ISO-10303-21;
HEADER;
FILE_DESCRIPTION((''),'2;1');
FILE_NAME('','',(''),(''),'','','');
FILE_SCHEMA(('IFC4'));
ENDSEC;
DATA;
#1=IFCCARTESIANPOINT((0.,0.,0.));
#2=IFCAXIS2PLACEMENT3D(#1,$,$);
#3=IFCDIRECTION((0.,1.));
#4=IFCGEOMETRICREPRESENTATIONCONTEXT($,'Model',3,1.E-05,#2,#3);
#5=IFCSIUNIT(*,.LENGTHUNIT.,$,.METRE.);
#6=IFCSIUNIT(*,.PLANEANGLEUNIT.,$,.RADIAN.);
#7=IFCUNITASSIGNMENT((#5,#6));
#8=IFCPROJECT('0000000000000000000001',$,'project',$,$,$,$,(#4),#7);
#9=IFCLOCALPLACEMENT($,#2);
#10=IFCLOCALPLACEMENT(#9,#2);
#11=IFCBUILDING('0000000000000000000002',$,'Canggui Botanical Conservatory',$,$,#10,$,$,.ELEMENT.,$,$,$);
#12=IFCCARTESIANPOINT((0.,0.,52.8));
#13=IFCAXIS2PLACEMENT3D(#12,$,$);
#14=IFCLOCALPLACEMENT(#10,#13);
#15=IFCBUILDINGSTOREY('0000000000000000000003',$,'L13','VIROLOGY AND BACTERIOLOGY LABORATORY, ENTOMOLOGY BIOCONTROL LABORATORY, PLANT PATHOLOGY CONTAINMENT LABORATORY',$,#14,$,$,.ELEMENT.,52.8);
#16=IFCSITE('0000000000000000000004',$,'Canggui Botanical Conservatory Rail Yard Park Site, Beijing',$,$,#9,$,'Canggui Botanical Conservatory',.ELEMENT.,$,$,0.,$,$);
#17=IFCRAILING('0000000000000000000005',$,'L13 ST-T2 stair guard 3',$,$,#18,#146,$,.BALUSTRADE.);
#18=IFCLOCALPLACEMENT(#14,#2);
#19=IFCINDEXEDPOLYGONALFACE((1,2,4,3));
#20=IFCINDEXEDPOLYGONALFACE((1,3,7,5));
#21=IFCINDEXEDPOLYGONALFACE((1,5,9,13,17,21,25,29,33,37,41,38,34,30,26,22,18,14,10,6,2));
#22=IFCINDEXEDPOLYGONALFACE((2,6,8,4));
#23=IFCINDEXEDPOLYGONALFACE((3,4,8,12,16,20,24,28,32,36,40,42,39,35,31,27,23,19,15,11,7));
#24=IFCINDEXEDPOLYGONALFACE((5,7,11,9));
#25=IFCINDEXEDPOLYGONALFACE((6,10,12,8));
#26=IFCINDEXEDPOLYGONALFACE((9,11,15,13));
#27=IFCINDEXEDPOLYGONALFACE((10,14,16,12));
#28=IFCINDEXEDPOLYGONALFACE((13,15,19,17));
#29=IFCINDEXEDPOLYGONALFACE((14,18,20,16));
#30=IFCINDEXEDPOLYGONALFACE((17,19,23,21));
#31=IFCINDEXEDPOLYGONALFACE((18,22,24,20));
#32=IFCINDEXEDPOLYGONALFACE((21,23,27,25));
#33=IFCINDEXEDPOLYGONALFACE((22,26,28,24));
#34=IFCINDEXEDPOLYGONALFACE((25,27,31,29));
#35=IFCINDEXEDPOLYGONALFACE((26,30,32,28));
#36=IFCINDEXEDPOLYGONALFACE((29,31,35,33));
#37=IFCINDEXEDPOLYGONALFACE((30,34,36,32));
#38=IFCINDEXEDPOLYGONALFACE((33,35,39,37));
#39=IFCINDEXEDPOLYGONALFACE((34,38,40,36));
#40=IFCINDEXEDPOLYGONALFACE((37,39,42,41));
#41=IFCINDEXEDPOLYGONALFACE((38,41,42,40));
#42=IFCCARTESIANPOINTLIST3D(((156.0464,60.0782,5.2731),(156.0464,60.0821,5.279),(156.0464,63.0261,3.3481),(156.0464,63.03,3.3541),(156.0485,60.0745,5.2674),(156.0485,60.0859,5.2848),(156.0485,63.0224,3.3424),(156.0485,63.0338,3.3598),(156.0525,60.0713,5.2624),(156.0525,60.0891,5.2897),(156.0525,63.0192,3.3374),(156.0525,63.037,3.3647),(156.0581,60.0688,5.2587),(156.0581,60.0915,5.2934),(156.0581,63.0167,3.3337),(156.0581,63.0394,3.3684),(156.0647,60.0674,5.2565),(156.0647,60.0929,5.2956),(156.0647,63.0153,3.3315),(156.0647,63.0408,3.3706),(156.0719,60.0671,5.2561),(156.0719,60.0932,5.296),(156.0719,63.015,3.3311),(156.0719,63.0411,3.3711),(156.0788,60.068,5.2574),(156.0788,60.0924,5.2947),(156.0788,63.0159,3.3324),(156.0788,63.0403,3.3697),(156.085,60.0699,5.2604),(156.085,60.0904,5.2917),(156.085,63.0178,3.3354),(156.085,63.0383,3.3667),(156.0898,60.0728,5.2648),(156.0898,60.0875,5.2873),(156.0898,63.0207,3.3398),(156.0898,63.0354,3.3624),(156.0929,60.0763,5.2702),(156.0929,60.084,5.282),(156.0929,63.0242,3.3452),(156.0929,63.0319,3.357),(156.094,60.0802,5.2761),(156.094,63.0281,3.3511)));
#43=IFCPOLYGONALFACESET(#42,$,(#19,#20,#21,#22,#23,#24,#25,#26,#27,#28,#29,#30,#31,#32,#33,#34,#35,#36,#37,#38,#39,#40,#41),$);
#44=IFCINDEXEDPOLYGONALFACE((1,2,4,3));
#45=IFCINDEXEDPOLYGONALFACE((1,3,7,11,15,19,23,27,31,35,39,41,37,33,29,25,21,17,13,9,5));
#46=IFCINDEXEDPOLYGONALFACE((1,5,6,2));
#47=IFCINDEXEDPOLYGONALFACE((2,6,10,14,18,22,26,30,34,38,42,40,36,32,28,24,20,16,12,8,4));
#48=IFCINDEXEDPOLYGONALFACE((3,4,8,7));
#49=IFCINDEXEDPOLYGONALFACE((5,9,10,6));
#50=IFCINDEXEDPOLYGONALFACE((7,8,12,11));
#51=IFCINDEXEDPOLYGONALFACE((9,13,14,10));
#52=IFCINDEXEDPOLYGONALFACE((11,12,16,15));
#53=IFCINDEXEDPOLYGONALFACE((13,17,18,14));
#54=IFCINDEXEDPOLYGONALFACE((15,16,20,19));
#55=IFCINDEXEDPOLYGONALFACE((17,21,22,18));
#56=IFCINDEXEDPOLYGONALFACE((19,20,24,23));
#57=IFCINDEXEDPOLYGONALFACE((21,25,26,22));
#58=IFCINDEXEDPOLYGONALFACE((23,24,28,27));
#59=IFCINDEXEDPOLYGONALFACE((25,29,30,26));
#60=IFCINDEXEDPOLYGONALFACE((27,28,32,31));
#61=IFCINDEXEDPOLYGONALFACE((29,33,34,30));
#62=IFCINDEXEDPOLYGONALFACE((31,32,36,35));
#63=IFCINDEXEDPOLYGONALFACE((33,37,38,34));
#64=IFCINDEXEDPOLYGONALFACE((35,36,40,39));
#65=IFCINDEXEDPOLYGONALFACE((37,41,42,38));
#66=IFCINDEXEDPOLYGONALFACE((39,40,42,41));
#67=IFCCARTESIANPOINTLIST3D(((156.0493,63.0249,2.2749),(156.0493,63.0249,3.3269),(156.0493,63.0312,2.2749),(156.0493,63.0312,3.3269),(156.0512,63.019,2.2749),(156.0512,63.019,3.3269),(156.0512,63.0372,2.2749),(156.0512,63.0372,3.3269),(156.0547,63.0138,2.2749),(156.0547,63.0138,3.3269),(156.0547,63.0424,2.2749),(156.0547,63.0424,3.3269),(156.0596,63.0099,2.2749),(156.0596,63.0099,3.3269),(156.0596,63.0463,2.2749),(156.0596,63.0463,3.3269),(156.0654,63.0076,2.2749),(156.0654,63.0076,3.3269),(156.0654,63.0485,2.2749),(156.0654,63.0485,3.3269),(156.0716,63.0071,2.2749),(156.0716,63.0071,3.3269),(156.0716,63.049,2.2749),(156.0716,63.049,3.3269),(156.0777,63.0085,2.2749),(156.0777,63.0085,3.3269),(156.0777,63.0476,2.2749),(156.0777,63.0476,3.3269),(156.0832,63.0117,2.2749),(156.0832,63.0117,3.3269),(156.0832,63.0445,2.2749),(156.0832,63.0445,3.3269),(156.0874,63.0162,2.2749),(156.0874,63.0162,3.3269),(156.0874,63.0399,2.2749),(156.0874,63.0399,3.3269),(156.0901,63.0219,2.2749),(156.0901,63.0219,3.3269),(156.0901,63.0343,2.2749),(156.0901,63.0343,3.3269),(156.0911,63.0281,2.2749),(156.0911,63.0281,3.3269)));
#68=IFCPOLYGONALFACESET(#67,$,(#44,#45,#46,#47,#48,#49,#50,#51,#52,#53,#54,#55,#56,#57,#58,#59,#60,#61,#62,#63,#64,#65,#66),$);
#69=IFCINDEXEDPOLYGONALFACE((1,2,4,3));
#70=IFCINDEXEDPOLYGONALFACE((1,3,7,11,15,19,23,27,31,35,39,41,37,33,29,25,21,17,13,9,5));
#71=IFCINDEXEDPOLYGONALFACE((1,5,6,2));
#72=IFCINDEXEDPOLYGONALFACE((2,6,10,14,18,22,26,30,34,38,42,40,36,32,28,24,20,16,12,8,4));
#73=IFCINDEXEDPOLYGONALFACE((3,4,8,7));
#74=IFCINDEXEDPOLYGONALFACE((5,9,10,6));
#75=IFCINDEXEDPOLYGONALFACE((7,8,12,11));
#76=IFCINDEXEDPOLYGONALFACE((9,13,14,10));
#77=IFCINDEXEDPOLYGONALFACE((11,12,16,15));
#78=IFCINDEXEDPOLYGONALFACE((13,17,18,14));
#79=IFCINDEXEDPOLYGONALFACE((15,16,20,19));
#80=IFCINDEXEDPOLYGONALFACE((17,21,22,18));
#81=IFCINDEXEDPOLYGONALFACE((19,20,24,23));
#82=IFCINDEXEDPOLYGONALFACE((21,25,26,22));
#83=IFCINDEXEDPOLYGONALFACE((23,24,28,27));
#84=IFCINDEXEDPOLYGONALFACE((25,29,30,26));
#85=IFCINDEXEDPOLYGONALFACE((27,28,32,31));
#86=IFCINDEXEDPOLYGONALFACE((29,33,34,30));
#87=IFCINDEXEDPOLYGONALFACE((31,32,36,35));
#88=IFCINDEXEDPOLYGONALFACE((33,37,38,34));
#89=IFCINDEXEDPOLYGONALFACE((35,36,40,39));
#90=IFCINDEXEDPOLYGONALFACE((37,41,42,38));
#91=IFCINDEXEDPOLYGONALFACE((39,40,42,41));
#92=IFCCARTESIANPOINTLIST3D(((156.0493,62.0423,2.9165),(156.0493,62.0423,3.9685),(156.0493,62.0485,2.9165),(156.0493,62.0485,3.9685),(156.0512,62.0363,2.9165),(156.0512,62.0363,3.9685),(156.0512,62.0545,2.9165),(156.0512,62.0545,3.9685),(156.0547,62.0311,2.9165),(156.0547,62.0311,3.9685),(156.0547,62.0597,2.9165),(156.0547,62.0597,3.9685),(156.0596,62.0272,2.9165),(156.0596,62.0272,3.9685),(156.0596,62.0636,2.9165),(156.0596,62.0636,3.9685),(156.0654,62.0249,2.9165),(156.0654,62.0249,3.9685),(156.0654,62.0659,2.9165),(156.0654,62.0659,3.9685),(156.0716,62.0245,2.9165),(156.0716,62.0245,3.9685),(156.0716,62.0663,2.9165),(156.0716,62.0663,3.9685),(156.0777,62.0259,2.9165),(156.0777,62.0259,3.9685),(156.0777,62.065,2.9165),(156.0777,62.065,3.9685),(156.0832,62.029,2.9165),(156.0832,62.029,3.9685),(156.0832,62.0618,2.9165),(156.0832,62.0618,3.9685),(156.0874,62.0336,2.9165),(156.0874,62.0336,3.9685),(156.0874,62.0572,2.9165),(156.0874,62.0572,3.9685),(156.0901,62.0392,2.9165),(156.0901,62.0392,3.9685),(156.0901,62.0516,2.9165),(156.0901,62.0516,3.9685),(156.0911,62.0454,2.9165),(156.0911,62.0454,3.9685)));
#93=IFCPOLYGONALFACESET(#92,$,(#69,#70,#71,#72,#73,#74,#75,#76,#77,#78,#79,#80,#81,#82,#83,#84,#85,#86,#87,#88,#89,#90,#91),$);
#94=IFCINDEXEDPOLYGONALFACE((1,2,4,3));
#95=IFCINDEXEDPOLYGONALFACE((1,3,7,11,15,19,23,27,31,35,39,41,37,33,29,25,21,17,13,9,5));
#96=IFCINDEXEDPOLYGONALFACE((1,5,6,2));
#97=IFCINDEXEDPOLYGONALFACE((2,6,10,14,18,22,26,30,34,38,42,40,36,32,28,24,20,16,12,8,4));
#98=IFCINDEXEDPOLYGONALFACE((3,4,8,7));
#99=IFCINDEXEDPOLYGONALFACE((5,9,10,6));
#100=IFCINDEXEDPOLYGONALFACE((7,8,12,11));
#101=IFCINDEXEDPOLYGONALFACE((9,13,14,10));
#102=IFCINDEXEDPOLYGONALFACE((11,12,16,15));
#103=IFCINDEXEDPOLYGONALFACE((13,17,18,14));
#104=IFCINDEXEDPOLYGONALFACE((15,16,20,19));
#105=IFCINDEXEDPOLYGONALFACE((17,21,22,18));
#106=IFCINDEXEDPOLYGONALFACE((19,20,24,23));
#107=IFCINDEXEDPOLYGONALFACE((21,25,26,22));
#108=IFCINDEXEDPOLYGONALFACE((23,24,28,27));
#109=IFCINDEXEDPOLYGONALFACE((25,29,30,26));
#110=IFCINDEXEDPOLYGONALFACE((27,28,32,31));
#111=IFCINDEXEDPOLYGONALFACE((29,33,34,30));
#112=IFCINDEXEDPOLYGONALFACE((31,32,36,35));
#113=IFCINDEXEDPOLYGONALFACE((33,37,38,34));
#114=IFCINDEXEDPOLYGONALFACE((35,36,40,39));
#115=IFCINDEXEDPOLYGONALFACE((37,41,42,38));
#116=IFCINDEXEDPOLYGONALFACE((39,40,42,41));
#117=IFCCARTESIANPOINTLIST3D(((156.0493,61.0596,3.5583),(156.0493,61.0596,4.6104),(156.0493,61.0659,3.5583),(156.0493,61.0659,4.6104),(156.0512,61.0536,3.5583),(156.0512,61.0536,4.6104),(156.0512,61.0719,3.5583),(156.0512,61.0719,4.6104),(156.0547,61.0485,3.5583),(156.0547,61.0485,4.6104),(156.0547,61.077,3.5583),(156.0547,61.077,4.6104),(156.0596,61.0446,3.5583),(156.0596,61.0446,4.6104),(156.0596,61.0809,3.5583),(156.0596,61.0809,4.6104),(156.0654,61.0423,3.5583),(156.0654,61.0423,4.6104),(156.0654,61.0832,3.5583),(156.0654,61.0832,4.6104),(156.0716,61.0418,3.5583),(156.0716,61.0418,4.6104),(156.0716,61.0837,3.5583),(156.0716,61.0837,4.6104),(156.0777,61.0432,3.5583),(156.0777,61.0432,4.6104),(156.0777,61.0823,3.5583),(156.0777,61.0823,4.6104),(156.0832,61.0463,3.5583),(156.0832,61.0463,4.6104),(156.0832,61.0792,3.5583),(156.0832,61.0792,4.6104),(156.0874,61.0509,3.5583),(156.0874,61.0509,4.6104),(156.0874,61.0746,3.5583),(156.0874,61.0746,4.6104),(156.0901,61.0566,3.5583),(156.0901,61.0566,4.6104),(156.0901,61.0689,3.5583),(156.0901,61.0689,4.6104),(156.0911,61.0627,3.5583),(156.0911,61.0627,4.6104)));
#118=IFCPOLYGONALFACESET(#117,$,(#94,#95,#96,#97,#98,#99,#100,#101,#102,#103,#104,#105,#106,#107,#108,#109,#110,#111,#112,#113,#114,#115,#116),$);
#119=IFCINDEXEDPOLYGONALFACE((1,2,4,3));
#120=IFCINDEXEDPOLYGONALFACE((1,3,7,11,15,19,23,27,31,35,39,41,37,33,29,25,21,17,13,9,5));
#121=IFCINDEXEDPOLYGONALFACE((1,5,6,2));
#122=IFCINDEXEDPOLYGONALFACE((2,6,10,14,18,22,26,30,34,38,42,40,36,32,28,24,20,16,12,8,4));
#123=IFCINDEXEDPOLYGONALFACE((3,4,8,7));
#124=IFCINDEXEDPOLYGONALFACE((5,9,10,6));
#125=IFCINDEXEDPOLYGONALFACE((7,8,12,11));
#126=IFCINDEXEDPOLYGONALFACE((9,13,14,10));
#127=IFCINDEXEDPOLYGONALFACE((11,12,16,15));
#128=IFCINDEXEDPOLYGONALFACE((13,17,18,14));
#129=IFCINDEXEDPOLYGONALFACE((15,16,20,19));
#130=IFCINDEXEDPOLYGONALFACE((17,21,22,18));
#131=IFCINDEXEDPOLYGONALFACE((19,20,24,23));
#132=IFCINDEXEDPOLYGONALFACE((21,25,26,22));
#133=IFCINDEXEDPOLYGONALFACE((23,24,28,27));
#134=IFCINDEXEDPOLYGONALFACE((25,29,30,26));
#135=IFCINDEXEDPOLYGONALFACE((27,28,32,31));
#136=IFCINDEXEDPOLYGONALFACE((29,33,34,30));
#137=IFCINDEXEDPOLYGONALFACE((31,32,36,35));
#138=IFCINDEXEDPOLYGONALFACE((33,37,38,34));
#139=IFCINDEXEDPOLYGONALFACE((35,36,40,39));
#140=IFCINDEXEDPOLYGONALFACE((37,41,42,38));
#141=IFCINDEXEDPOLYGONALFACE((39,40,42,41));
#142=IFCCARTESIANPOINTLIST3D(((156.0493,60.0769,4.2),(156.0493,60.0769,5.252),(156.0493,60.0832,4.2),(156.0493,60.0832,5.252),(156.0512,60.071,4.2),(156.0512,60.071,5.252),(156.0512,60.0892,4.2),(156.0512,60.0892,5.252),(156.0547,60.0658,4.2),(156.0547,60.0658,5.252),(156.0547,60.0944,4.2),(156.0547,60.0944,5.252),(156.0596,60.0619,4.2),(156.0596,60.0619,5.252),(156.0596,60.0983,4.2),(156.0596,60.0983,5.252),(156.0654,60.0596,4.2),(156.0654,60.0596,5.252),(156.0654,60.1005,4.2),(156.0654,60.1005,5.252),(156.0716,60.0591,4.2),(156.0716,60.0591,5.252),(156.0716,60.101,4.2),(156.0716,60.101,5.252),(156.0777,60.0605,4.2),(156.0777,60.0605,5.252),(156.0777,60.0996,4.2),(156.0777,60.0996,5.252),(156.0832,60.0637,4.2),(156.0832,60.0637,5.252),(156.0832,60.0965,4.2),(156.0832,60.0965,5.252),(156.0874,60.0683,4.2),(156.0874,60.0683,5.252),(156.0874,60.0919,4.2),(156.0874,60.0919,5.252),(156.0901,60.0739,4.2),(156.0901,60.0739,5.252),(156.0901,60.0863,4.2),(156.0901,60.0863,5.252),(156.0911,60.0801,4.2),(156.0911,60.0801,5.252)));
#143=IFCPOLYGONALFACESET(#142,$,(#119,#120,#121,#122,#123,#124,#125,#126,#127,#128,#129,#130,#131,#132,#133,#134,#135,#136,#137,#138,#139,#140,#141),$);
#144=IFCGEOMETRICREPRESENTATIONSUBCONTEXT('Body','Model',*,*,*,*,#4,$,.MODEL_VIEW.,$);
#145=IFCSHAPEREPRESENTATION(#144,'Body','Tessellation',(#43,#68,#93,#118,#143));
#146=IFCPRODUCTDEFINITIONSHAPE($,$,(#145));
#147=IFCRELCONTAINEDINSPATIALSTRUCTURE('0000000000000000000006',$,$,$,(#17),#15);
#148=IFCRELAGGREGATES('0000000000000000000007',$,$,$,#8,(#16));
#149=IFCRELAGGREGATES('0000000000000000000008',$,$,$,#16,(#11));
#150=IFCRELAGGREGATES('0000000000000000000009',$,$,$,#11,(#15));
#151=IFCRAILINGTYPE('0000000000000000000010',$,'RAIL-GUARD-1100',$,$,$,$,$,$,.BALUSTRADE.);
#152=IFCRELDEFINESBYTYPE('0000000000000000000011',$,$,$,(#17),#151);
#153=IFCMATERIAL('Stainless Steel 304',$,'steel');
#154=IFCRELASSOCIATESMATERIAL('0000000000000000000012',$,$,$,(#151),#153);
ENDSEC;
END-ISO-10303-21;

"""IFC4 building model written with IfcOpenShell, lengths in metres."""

from ifc_helpers import new_model, si_unit, direction, frame, origin, origin_2d, place, context, subcontext, project, spatial, circle, extrude, material, type_object, element, save


model = new_model("IFC4")

# Units and contexts
model_context = context("Model", 3, precision=1e-05, world=origin(), true_north=direction((0.0, 1.0)))
body_context = subcontext(model_context, "Body", "Model", "MODEL_VIEW")
ifc_project = project(units=[si_unit("LENGTHUNIT", "METRE"), si_unit("PLANEANGLEUNIT", "RADIAN")], contexts=[model_context])

# Site, building, storey
site_placement = place(None, origin())
site = spatial("IfcSite", under=ifc_project, at=site_placement, Name="Canggui Botanical Conservatory Rail Yard Park Site, Beijing", LongName="Canggui Botanical Conservatory", CompositionType="ELEMENT", RefElevation=0.0)
building_placement = place(site_placement, origin())
building = spatial("IfcBuilding", under=site, at=building_placement, Name="Canggui Botanical Conservatory", CompositionType="ELEMENT")
storey_placement = place(building_placement, frame((0.0, 0.0, 52.8)))
storey = spatial("IfcBuildingStorey", under=building, at=storey_placement, Name="L13", Description="VIROLOGY AND BACTERIOLOGY LABORATORY, ENTOMOLOGY BIOCONTROL LABORATORY, PLANT PATHOLOGY CONTAINMENT LABORATORY", CompositionType="ELEMENT", Elevation=52.8)

# Railing
ifc_material_1 = material(Name="Stainless Steel 304", Category="steel")
railing_type_1 = type_object("IfcRailingType", Name="RAIL-GUARD-1100", PredefinedType="BALUSTRADE", material=ifc_material_1)
railing_1_placement = place(storey_placement, frame((156.0701, 63.0281, 2.2749)))
element("IfcRailing", 1, at=railing_1_placement, inside=storey, type_object=railing_type_1, Name="L13 ST-T2 stair guard 3", PredefinedType="BALUSTRADE", context=body_context, shape_type="SweptSolid", body=[
    extrude(circle(Radius=0.0239, at=origin_2d()), frame((0.0, 0.0, 1.0762), z_axis=(0.0, -0.837293, 0.546754), x_axis=(1.0, 0.0, 0.0)), (0.0, 0.0, 1.0), 3.5208),
    extrude(circle(Radius=0.021, at=origin_2d()), origin(), (0.0, 0.0, 1.0), 1.052),
    extrude(circle(Radius=0.021, at=origin_2d()), frame((0.0, -0.9827, 0.6416)), (0.0, 0.0, 1.0), 1.052),
    extrude(circle(Radius=0.021, at=origin_2d()), frame((0.0, -1.9653, 1.2834)), (0.0, 0.0, 1.0), 1.052),
    extrude(circle(Radius=0.021, at=origin_2d()), frame((0.0, -2.948, 1.925)), (0.0, 0.0, 1.0), 1.052),
])

save(model, "model.ifc")
